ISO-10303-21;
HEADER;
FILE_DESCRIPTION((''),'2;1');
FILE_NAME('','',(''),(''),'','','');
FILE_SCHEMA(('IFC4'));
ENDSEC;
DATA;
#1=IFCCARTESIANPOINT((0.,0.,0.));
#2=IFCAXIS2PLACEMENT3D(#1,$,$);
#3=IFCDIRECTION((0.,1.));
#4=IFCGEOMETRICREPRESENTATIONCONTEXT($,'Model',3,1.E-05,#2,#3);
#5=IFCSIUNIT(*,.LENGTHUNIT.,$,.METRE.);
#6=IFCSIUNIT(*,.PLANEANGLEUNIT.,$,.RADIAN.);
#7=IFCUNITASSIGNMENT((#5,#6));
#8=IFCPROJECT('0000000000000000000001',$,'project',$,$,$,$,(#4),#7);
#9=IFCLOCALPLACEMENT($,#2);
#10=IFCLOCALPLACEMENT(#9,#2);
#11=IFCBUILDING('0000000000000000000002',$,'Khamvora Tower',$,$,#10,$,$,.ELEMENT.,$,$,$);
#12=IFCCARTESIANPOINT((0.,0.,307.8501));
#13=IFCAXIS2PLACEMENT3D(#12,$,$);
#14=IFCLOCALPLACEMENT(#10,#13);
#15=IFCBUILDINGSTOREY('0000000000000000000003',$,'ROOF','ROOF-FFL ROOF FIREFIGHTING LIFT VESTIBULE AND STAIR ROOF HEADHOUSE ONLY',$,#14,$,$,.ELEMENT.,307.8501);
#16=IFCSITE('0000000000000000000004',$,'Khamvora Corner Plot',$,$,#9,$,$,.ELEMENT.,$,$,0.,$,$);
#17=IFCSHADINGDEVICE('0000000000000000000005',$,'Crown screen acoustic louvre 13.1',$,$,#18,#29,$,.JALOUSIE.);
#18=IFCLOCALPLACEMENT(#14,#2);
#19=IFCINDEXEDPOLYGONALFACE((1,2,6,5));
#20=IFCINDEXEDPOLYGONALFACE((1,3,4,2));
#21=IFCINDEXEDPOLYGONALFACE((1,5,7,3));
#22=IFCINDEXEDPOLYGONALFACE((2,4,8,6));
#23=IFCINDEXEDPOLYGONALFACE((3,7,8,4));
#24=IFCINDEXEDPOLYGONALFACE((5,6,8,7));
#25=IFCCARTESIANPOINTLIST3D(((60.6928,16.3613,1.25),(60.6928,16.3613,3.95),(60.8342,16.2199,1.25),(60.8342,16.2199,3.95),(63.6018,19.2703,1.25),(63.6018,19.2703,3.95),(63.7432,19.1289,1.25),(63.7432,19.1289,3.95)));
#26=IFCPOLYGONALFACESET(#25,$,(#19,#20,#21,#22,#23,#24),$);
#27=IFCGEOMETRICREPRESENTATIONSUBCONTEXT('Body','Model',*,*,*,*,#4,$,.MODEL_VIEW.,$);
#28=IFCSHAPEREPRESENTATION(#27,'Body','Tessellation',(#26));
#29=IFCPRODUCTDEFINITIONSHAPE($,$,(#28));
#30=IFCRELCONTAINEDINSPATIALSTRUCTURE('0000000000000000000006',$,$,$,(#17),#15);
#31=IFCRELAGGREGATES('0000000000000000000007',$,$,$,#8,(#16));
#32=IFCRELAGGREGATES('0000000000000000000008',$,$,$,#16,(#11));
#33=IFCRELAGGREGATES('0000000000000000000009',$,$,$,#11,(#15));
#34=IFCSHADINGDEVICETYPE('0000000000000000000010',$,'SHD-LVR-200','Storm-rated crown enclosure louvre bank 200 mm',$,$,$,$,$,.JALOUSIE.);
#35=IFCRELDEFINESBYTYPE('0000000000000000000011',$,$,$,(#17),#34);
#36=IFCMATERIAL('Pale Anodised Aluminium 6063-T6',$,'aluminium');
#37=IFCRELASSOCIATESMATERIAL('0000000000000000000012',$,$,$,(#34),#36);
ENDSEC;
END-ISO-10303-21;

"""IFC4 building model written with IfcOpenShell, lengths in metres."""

from ifc_helpers import new_model, si_unit, direction, frame, origin, origin_2d, place, context, subcontext, project, spatial, rectangle, extrude, material, type_object, element, save


model = new_model("IFC4")

# Units and contexts
model_context = context("Model", 3, precision=1e-05, world=origin(), true_north=direction((0.0, 1.0)))
body_context = subcontext(model_context, "Body", "Model", "MODEL_VIEW")
ifc_project = project(units=[si_unit("LENGTHUNIT", "METRE"), si_unit("PLANEANGLEUNIT", "RADIAN")], contexts=[model_context])

# Site, building, storey
site_placement = place(None, origin())
site = spatial("IfcSite", under=ifc_project, at=site_placement, Name="Khamvora Corner Plot", CompositionType="ELEMENT", RefElevation=0.0)
building_placement = place(site_placement, origin())
building = spatial("IfcBuilding", under=site, at=building_placement, Name="Khamvora Tower", CompositionType="ELEMENT")
storey_placement = place(building_placement, frame((0.0, 0.0, 307.8501)))
storey = spatial("IfcBuildingStorey", under=building, at=storey_placement, Name="ROOF", Description="ROOF-FFL ROOF FIREFIGHTING LIFT VESTIBULE AND STAIR ROOF HEADHOUSE ONLY", CompositionType="ELEMENT", Elevation=307.8501)

# Shading device
ifc_material_1 = material(Name="Pale Anodised Aluminium 6063-T6", Category="aluminium")
shading_device_type = type_object("IfcShadingDeviceType", Name="SHD-LVR-200", Description="Storm-rated crown enclosure louvre bank 200 mm", PredefinedType="JALOUSIE", material=ifc_material_1)
shading_device_1_placement = place(storey_placement, frame((62.218, 17.7451, 1.25), z_axis=(0.0, 0.0, 1.0), x_axis=(-0.707107, -0.707107, 0.0)))
element("IfcShadingDevice", 1, at=shading_device_1_placement, inside=storey, type_object=shading_device_type, Name="Crown screen acoustic louvre 13.1", PredefinedType="JALOUSIE", context=body_context, shape_type="SweptSolid", body=[
    extrude(rectangle(XDim=4.114, YDim=0.2, at=origin_2d()), origin(), (0.0, 0.0, 1.0), 2.7),
])

save(model, "model.ifc")
